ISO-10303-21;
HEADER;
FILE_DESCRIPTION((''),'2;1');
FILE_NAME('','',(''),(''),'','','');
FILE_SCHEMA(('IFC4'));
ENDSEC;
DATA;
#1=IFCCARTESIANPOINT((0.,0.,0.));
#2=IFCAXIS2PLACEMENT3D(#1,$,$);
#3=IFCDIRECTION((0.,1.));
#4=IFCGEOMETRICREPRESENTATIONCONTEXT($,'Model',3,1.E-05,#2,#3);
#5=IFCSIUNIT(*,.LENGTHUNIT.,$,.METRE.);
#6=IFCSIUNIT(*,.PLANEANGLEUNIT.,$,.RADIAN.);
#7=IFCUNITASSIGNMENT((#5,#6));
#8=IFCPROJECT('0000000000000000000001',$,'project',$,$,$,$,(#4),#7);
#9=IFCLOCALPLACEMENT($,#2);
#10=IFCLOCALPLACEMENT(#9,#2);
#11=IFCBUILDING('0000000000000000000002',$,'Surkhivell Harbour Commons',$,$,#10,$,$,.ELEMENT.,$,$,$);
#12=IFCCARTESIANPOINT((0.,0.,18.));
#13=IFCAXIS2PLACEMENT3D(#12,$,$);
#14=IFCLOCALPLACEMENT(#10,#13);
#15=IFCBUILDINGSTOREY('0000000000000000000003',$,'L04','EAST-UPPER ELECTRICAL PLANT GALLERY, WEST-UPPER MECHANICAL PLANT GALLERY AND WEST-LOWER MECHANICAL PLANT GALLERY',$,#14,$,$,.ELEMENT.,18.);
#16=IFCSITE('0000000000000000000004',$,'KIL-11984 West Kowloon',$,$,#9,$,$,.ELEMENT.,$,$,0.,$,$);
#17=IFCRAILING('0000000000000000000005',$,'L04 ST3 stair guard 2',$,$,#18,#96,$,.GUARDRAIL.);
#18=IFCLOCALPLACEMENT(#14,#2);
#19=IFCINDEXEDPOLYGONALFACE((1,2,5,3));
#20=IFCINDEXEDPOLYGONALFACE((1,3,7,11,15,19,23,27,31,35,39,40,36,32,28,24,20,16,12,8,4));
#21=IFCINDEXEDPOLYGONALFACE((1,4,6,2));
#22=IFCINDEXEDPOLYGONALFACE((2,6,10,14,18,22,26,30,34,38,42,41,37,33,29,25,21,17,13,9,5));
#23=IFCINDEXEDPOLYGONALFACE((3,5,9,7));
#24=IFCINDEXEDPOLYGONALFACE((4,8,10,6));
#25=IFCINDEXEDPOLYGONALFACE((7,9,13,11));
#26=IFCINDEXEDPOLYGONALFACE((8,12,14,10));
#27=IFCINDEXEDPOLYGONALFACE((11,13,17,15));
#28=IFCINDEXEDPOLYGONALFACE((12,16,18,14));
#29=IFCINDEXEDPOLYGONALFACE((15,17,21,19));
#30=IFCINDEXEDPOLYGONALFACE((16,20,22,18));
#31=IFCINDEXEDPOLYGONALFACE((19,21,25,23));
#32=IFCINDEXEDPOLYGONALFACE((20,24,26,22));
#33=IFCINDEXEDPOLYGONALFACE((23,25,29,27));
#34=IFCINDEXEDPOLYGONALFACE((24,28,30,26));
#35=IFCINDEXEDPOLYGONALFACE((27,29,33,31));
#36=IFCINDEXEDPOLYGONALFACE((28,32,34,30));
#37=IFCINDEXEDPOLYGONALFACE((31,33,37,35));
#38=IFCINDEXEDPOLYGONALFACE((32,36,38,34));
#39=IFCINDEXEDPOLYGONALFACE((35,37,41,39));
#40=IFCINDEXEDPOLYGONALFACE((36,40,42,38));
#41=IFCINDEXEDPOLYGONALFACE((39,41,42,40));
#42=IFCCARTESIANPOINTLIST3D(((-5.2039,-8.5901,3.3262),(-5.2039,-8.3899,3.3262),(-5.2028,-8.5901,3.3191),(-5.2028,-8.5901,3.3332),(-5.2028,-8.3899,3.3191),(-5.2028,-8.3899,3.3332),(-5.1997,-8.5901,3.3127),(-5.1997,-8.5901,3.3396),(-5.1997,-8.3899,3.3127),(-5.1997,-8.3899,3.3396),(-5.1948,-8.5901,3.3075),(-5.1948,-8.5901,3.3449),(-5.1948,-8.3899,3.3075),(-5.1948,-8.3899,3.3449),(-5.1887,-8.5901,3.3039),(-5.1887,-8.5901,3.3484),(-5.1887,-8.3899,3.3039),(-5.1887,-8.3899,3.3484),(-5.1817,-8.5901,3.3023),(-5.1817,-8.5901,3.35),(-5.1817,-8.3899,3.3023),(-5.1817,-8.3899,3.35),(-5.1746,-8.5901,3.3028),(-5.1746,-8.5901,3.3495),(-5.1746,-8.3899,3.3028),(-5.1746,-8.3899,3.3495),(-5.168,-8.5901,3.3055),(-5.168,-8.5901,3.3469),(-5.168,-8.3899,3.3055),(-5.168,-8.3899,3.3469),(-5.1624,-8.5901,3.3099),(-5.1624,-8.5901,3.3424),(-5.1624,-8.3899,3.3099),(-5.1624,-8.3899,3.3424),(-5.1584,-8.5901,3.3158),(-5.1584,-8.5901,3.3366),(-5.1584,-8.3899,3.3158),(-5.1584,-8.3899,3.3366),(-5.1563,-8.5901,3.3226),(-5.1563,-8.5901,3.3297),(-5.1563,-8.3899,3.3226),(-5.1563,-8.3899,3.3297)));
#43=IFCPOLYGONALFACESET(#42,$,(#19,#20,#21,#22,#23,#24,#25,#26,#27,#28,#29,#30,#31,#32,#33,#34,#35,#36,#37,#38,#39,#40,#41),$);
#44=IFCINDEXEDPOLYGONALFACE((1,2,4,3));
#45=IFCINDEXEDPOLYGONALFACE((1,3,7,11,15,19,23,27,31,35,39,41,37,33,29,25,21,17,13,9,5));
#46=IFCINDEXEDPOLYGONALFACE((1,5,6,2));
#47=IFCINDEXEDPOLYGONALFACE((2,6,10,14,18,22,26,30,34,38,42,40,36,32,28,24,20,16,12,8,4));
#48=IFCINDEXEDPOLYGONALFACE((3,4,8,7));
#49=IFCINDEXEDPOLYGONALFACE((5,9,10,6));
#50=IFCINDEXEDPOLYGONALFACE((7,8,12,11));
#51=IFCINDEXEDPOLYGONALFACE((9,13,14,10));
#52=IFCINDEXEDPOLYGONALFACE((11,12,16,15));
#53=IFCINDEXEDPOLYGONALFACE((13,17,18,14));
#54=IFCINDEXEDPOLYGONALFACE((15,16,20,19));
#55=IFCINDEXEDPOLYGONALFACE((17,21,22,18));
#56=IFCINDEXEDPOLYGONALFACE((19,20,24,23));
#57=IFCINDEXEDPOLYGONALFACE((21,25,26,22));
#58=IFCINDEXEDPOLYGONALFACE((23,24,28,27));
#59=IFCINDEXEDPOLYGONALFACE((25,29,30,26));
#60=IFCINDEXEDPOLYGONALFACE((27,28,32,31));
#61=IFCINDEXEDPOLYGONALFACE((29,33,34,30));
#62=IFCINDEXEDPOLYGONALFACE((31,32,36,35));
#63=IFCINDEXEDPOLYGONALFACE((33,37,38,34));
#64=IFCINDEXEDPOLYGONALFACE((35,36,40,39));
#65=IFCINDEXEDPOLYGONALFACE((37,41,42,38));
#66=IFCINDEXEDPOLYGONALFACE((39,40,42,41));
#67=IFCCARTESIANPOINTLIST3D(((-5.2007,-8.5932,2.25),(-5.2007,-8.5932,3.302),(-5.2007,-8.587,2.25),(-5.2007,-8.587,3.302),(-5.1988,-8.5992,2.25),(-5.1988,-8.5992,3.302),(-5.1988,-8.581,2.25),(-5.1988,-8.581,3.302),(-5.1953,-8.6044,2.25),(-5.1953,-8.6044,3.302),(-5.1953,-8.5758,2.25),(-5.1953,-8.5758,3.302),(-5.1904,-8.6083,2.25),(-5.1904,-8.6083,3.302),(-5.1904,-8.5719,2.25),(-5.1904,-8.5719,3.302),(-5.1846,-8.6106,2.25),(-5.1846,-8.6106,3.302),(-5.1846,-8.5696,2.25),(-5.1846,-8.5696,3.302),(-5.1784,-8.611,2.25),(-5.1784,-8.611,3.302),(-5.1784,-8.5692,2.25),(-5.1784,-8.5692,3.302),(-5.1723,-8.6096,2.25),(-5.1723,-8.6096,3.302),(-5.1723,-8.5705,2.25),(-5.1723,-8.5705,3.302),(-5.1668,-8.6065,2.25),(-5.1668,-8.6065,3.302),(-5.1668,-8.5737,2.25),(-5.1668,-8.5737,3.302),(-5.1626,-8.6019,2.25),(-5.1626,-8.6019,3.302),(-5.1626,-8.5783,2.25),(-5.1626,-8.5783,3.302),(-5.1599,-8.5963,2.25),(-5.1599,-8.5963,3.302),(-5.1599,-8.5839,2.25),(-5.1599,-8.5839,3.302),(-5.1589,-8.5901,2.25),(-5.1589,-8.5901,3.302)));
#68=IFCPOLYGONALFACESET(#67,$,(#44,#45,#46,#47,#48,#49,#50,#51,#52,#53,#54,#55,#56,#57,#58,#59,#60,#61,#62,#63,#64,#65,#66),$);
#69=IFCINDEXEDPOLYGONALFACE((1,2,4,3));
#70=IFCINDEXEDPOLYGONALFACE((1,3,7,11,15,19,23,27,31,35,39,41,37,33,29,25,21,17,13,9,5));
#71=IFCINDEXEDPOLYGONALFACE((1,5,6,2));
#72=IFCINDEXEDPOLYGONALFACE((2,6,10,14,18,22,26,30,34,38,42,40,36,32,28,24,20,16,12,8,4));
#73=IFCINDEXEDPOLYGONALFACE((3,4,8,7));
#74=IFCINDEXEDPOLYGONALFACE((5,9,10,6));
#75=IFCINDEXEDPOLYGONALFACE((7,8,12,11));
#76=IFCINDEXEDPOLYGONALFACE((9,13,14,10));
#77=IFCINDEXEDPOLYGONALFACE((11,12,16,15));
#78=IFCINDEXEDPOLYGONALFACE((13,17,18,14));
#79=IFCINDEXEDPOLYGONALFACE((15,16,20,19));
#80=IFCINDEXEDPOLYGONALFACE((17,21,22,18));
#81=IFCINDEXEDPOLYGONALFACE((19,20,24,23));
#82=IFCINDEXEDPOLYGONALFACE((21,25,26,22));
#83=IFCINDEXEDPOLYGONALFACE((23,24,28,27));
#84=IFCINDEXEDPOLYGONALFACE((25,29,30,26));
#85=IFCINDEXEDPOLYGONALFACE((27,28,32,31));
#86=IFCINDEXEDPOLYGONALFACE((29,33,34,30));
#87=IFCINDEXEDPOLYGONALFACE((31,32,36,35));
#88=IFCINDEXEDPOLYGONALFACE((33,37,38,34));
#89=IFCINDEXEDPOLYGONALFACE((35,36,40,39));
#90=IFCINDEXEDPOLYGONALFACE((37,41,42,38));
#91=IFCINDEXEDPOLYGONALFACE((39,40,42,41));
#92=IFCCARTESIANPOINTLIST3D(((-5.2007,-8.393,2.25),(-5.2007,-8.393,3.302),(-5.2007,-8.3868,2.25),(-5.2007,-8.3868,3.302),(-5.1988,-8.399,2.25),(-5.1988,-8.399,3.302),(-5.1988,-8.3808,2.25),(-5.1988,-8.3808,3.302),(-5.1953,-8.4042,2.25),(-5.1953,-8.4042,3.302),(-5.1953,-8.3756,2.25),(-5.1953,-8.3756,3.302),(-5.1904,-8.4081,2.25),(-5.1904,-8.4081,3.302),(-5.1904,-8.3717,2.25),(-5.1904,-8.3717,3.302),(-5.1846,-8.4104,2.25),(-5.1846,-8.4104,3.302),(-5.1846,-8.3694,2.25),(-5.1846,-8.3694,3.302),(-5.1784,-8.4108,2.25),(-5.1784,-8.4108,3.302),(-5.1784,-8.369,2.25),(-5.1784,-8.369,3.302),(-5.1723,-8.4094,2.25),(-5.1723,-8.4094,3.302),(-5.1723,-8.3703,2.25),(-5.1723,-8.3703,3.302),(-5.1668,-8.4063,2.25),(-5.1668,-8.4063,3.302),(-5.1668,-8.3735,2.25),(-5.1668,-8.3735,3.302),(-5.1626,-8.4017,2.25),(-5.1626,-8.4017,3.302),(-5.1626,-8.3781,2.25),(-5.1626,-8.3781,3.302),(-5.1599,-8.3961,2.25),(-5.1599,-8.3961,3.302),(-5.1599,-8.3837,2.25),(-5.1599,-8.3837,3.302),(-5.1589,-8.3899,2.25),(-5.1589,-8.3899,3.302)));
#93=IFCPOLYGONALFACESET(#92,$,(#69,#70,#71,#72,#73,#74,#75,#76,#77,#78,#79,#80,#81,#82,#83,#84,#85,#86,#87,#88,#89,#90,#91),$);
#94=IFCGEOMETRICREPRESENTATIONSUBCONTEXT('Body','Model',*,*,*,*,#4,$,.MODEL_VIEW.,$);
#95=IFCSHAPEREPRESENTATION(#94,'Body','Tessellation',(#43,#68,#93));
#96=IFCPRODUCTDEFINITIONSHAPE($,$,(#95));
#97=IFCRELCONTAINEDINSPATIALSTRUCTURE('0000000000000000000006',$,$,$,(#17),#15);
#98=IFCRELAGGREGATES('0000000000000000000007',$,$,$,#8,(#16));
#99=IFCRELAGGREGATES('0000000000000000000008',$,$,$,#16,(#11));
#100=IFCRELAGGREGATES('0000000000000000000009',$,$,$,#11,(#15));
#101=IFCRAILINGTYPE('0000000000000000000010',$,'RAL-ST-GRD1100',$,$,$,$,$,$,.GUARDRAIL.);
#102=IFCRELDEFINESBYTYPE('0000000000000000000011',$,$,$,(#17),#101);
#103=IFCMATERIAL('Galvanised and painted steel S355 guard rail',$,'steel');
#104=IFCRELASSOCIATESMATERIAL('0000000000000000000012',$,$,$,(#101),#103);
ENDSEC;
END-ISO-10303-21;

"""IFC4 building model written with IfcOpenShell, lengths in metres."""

from ifc_helpers import new_model, si_unit, direction, frame, origin, origin_2d, place, context, subcontext, project, spatial, circle, extrude, material, type_object, element, save


model = new_model("IFC4")

# Units and contexts
model_context = context("Model", 3, precision=1e-05, world=origin(), true_north=direction((0.0, 1.0)))
body_context = subcontext(model_context, "Body", "Model", "MODEL_VIEW")
ifc_project = project(units=[si_unit("LENGTHUNIT", "METRE"), si_unit("PLANEANGLEUNIT", "RADIAN")], contexts=[model_context])

# Site, building, storey
site_placement = place(None, origin())
site = spatial("IfcSite", under=ifc_project, at=site_placement, Name="KIL-11984 West Kowloon", CompositionType="ELEMENT", RefElevation=0.0)
building_placement = place(site_placement, origin())
building = spatial("IfcBuilding", under=site, at=building_placement, Name="Surkhivell Harbour Commons", CompositionType="ELEMENT")
storey_placement = place(building_placement, frame((0.0, 0.0, 18.0)))
storey = spatial("IfcBuildingStorey", under=building, at=storey_placement, Name="L04", Description="EAST-UPPER ELECTRICAL PLANT GALLERY, WEST-UPPER MECHANICAL PLANT GALLERY AND WEST-LOWER MECHANICAL PLANT GALLERY", CompositionType="ELEMENT", Elevation=18.0)

# Railing
ifc_material_1 = material(Name="Galvanised and painted steel S355 guard rail", Category="steel")
railing_type_1 = type_object("IfcRailingType", Name="RAL-ST-GRD1100", PredefinedType="GUARDRAIL", material=ifc_material_1)
railing_1_placement = place(storey_placement, frame((-5.1799, -8.5901, 2.25)))
element("IfcRailing", 1, at=railing_1_placement, inside=storey, type_object=railing_type_1, Name="L04 ST3 stair guard 2", PredefinedType="GUARDRAIL", context=body_context, shape_type="SweptSolid", body=[
    extrude(circle(Radius=0.0239, at=origin_2d()), frame((0.0, 0.0, 1.0762), z_axis=(0.0, 1.0, 0.0), x_axis=(-1.0, 0.0, 0.0)), (0.0, 0.0, 1.0), 0.2002),
    extrude(circle(Radius=0.021, at=origin_2d()), origin(), (0.0, 0.0, 1.0), 1.052),
    extrude(circle(Radius=0.021, at=origin_2d()), frame((0.0, 0.2002, 0.0)), (0.0, 0.0, 1.0), 1.052),
])

save(model, "model.ifc")
